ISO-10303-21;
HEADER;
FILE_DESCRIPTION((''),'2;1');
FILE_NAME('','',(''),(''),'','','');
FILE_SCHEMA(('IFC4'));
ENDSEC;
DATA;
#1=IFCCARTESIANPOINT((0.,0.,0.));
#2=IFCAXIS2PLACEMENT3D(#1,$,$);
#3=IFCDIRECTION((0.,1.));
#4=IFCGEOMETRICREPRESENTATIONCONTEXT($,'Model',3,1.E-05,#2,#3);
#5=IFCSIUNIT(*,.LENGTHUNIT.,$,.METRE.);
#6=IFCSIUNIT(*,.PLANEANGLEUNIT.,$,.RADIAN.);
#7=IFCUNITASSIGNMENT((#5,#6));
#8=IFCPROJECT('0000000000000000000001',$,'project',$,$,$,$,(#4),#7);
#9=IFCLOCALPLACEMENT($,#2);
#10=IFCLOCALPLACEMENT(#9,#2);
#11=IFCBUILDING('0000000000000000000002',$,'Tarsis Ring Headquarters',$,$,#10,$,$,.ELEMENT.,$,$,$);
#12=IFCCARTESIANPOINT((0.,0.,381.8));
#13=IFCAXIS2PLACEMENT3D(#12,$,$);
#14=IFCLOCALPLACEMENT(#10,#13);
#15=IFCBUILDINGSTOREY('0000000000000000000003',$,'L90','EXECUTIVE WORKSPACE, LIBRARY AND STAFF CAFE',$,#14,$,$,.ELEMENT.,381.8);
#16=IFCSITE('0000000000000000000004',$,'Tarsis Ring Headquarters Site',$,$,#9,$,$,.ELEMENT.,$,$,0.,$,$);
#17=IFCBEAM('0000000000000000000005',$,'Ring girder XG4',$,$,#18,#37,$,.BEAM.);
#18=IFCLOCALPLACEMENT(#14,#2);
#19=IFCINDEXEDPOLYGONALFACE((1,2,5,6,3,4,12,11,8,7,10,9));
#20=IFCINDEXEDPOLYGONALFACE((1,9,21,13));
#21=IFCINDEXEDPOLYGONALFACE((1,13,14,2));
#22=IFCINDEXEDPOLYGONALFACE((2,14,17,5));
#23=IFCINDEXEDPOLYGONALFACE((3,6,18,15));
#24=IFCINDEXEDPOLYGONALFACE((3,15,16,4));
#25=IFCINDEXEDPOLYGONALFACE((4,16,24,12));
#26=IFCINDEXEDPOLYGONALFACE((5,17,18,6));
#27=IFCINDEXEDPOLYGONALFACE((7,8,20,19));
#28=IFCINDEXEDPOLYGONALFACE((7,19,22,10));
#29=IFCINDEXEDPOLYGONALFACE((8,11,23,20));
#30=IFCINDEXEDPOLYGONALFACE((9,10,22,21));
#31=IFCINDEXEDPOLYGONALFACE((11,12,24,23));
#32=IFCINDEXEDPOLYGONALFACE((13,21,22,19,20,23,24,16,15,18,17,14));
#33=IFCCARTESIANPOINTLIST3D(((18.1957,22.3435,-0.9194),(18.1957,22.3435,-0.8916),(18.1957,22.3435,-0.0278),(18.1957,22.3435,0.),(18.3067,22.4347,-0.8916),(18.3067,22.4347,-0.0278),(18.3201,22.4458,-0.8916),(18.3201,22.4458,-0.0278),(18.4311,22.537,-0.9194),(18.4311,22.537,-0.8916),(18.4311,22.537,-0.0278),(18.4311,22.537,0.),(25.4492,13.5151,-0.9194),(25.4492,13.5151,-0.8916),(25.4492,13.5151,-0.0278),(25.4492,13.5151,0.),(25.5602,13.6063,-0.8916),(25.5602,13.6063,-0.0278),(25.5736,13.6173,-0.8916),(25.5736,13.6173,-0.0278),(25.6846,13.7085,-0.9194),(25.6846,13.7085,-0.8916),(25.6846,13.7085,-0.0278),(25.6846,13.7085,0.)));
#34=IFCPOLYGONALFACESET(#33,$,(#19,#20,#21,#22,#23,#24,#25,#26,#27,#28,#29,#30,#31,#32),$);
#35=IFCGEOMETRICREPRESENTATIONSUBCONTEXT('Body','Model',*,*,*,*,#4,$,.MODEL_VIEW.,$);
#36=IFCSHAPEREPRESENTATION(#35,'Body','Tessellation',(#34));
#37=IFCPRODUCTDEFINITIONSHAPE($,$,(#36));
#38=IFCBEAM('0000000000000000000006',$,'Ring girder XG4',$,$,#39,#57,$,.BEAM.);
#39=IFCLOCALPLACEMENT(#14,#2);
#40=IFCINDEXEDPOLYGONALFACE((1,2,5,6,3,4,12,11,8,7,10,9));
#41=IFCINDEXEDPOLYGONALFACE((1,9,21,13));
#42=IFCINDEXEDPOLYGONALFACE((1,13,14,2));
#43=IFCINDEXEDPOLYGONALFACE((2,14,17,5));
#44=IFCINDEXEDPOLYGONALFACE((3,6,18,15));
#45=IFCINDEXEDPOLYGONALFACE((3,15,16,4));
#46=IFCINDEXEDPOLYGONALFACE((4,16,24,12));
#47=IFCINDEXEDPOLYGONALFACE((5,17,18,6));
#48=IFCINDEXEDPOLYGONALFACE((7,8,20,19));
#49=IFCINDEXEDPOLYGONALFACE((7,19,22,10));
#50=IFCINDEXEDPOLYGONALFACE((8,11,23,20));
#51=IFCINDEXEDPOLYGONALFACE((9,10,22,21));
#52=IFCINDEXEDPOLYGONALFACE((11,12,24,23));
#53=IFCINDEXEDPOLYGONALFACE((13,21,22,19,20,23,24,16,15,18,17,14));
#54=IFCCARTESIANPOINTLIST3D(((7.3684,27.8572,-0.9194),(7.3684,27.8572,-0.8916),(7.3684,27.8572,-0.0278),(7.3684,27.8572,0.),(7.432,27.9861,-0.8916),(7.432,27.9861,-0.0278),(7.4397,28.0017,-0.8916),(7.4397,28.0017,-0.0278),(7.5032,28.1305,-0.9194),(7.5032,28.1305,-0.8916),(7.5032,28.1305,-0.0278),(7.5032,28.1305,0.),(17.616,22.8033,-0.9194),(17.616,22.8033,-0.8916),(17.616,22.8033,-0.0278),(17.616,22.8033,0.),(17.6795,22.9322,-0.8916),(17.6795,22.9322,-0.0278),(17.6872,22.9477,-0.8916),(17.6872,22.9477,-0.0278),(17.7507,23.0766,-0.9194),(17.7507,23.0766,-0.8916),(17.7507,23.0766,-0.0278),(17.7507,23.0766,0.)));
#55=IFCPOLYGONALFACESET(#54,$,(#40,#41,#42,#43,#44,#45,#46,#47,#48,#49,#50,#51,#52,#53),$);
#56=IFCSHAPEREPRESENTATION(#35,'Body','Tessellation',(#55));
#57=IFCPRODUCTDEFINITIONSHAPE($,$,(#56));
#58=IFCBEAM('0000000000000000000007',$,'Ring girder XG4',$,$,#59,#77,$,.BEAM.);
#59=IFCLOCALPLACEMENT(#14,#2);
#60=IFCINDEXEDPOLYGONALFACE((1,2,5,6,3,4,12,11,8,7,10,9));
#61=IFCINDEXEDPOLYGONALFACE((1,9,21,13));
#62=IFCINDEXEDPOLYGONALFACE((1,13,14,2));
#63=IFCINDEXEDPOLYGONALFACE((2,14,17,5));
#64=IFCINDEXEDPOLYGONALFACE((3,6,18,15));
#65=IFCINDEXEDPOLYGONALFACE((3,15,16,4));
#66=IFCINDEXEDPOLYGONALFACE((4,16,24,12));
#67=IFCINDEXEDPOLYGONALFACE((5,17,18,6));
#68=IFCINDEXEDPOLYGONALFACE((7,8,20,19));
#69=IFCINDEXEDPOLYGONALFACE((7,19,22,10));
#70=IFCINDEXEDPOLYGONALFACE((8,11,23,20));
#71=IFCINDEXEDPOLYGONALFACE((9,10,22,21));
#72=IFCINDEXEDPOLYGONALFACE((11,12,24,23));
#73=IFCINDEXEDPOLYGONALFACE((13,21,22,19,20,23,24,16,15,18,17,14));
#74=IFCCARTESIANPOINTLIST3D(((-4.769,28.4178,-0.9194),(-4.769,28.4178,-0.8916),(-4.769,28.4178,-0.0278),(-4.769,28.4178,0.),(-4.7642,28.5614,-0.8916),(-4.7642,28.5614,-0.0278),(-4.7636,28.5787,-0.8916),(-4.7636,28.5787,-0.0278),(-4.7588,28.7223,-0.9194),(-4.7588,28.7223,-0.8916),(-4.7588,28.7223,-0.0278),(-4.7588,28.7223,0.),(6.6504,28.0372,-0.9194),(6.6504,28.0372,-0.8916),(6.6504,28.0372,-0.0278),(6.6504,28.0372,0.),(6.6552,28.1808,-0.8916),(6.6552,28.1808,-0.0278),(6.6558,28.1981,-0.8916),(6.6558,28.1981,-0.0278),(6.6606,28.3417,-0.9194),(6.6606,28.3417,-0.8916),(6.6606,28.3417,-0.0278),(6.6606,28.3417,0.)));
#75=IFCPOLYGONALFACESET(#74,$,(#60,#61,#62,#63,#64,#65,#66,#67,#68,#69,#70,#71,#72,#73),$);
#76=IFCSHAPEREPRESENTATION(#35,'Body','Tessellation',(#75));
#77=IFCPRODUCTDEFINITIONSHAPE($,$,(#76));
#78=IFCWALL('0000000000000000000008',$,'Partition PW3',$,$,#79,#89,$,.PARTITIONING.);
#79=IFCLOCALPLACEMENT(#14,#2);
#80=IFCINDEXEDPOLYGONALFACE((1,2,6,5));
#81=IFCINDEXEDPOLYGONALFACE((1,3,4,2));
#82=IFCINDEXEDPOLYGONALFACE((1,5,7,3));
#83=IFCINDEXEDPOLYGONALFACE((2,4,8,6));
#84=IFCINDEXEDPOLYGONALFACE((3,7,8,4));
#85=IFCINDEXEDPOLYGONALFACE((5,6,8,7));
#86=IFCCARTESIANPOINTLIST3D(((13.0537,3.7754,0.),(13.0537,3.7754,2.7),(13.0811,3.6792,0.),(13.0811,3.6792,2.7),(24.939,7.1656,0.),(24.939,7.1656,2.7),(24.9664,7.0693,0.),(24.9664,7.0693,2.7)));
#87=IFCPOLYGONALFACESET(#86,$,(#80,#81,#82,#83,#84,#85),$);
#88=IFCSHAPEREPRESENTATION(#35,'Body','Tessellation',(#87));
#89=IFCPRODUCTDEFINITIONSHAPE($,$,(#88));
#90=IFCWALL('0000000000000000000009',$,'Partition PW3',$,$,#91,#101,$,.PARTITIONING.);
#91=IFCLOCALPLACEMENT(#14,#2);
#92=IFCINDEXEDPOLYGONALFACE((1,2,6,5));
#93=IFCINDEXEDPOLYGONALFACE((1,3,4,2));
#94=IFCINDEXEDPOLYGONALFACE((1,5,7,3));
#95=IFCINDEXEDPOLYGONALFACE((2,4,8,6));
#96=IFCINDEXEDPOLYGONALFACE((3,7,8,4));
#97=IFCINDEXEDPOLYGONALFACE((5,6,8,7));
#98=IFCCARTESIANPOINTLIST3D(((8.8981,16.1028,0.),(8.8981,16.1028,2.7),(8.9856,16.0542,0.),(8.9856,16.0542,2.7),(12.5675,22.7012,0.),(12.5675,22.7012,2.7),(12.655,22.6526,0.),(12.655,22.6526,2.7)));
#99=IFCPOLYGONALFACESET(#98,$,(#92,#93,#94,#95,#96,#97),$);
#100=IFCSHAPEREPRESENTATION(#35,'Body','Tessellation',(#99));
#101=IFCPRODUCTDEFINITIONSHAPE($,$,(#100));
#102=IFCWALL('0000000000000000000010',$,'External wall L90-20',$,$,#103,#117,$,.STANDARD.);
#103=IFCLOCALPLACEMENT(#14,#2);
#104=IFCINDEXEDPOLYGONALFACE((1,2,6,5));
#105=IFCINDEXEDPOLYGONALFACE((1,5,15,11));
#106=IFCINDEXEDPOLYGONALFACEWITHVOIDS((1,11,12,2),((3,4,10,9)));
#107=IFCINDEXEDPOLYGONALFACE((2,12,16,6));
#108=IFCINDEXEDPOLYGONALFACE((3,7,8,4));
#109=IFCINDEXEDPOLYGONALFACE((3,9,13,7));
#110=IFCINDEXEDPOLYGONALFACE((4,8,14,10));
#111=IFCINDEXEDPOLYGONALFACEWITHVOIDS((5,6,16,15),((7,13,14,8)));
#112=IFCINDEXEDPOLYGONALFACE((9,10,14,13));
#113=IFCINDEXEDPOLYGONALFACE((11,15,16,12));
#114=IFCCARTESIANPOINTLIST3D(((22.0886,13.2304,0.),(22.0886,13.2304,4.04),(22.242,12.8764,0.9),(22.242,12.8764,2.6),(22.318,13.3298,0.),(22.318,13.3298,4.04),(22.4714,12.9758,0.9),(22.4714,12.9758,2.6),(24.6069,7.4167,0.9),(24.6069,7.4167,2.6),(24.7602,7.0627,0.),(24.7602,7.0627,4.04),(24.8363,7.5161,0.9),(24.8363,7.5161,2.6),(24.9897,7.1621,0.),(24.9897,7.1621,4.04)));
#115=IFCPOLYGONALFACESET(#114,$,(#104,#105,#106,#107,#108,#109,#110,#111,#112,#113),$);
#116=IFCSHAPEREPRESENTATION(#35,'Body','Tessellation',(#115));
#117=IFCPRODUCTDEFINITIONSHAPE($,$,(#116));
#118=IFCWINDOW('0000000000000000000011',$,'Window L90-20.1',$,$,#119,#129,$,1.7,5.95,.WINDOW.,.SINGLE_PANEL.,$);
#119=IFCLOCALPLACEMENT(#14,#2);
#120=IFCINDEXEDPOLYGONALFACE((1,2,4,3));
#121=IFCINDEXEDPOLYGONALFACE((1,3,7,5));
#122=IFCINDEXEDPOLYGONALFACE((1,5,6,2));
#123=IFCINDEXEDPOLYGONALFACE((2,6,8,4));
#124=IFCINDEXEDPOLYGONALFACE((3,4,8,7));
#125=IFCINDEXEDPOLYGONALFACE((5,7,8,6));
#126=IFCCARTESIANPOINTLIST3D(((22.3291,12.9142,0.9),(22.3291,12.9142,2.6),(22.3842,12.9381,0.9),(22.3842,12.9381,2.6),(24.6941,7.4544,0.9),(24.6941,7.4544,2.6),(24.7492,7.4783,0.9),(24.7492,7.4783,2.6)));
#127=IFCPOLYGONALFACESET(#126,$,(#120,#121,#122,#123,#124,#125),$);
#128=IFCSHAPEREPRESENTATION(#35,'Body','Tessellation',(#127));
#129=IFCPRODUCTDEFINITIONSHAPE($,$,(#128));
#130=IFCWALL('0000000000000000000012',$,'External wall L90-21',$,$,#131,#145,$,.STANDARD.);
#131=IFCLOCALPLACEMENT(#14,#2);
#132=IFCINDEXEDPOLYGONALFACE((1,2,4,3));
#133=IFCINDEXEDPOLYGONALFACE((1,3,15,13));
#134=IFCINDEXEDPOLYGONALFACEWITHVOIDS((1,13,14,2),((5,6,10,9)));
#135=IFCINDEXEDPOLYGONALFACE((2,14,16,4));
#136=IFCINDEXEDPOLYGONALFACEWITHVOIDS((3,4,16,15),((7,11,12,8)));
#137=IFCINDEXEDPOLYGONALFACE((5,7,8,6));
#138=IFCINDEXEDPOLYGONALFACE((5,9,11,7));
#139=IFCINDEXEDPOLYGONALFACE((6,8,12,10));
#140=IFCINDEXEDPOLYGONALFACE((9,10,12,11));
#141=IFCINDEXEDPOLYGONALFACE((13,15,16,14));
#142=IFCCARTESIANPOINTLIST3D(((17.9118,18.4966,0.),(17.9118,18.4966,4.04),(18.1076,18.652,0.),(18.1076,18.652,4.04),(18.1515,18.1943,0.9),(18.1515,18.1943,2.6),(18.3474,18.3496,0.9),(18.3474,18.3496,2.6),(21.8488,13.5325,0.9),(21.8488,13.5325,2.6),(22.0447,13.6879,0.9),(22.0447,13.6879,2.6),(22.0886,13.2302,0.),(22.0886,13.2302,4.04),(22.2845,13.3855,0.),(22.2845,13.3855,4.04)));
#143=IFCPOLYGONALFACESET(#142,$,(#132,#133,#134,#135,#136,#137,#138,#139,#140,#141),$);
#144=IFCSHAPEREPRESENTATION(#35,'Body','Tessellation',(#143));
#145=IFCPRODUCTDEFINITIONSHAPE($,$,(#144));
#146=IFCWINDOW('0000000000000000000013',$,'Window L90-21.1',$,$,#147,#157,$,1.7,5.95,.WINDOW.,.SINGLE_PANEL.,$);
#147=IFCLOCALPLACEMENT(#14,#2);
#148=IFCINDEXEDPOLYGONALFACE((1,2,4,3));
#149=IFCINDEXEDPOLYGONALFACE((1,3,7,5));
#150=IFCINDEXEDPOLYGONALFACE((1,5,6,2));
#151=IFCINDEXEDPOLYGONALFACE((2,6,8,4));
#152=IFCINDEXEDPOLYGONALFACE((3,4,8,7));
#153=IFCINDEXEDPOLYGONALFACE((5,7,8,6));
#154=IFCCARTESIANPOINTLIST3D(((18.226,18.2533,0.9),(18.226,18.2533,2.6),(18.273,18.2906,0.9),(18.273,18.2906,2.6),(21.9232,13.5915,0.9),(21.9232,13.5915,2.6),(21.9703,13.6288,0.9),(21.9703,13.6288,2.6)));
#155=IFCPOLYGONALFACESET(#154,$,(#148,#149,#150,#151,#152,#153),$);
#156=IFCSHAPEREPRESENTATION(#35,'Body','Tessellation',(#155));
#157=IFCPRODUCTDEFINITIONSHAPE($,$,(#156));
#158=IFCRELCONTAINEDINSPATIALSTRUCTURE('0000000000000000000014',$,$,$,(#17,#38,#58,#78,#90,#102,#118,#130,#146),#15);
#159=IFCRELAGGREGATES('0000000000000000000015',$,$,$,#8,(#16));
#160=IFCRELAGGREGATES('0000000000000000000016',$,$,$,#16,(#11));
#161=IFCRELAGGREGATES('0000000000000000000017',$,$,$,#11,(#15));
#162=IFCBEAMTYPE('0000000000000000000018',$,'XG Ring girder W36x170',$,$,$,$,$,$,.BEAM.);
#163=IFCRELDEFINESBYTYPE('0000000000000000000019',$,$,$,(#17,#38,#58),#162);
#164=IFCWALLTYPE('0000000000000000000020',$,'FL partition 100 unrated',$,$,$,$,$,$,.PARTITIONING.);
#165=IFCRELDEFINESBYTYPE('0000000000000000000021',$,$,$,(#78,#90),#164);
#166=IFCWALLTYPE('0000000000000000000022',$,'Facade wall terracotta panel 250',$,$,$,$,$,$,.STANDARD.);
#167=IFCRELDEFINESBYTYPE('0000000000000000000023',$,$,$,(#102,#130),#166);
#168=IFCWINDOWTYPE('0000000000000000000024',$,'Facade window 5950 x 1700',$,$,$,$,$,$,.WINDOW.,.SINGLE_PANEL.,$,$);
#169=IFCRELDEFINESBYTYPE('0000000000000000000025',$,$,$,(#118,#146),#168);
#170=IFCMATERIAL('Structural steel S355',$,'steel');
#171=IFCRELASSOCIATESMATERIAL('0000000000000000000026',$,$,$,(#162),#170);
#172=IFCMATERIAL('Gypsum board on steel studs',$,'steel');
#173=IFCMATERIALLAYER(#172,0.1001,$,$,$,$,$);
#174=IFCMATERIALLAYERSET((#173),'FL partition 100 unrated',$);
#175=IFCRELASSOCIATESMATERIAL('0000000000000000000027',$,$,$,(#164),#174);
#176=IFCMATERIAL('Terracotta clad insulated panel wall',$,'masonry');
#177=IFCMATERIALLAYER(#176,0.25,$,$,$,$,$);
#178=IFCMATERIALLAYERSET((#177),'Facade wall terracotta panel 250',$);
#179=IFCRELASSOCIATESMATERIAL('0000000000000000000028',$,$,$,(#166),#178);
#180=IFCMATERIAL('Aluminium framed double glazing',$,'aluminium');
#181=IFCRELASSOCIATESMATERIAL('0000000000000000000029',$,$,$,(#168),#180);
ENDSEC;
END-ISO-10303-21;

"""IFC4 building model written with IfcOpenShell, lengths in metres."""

from ifc_helpers import new_model, si_unit, direction, frame, frame_2d, origin, origin_2d, place, context, subcontext, project, spatial, rectangle, i_section, extrude, material, layer, layer_set, material_profile, profile_set, type_object, element, fill, save


model = new_model("IFC4")

# Units and contexts
model_context = context("Model", 3, precision=1e-05, world=origin(), true_north=direction((0.0, 1.0)))
body_context = subcontext(model_context, "Body", "Model", "MODEL_VIEW")
ifc_project = project(units=[si_unit("LENGTHUNIT", "METRE"), si_unit("PLANEANGLEUNIT", "RADIAN")], contexts=[model_context])

# Site, building, storey
site_placement = place(None, origin())
site = spatial("IfcSite", under=ifc_project, at=site_placement, Name="Tarsis Ring Headquarters Site", CompositionType="ELEMENT", RefElevation=0.0)
building_placement = place(site_placement, origin())
building = spatial("IfcBuilding", under=site, at=building_placement, Name="Tarsis Ring Headquarters", CompositionType="ELEMENT")
storey_placement = place(building_placement, frame((0.0, 0.0, 381.8)))
storey = spatial("IfcBuildingStorey", under=building, at=storey_placement, Name="L90", Description="EXECUTIVE WORKSPACE, LIBRARY AND STAFF CAFE", CompositionType="ELEMENT", Elevation=381.8)

# Shared definitions
ifc_material_1 = material(Name="Structural steel S355", Category="steel")

# Beams
ifc_material_profile_1 = material_profile(ifc_material_1, i_section(OverallWidth=0.3047, OverallDepth=0.9194, WebThickness=0.0173, FlangeThickness=0.0278, at=origin_2d()), Name="W36x170")
ifc_profile_set_1 = profile_set([ifc_material_profile_1], Name="Structural steel S355")
beam_type_1 = type_object("IfcBeamType", Name="XG Ring girder W36x170", PredefinedType="BEAM", material=ifc_profile_set_1)
for number, where, z_axis, x_axis, name in (
    (1, (25.5669, 13.6118, -0.4597), (-0.63482, 0.77266, 0.0), (-0.77266, -0.63482, 0.0), "Ring girder XG4"),
    (2, (17.6833, 22.9399, -0.4597), (-0.896858, 0.442318, 0.0), (-0.442318, -0.896858, 0.0), "Ring girder XG4"),
):
    element("IfcBeam", number, at=place(storey_placement, frame(where, z_axis=z_axis, x_axis=x_axis)), inside=storey, type_object=beam_type_1, Name=name, PredefinedType="BEAM", context=body_context, shape_type="SweptSolid", body=[
        extrude(i_section(OverallWidth=0.3047, OverallDepth=0.9194, WebThickness=0.0173, FlangeThickness=0.0278, at=origin_2d()), origin(), (0.0, 0.0, 1.0), 11.426),
    ])
beam_1_placement = place(storey_placement, frame((6.6555, 28.1895, -0.4597), z_axis=(-0.999445, 0.033312, 0.0), x_axis=(-0.033312, -0.999445, 0.0)))
element("IfcBeam", 3, at=beam_1_placement, inside=storey, type_object=beam_type_1, Name="Ring girder XG4", PredefinedType="BEAM", context=body_context, shape_type="SweptSolid", body=[
    extrude(i_section(OverallWidth=0.3047, OverallDepth=0.9194, WebThickness=0.0173, FlangeThickness=0.0278, at=origin_2d()), origin(), (0.0, 0.0, 1.0), 11.4258),
])

# Walls
ifc_material_2 = material(Name="Gypsum board on steel studs", Category="steel")
ifc_layer_1 = layer(ifc_material_2, 0.1001)
ifc_layer_set_1 = layer_set([ifc_layer_1], Name="FL partition 100 unrated")
wall_type_1 = type_object("IfcWallType", Name="FL partition 100 unrated", PredefinedType="PARTITIONING", material=ifc_layer_set_1)
wall_1_placement = place(storey_placement, frame((13.0674, 3.7273, 0.0), z_axis=(0.0, 0.0, 1.0), x_axis=(0.961645, 0.274298, 0.0)))
element("IfcWall", 4, at=wall_1_placement, inside=storey, type_object=wall_type_1, Name="Partition PW3", PredefinedType="PARTITIONING", context=body_context, shape_type="SweptSolid", body=[
    extrude(rectangle(XDim=12.3594, YDim=0.1001, at=frame_2d((6.1797, 0.0))), origin(), (0.0, 0.0, 1.0), 2.7),
])
wall_2_placement = place(storey_placement, frame((8.9419, 16.0786, 0.0), z_axis=(0.0, 0.0, 1.0), x_axis=(0.486014, 0.873951, 0.0)))
element("IfcWall", 5, at=wall_2_placement, inside=storey, type_object=wall_type_1, Name="Partition PW3", PredefinedType="PARTITIONING", context=body_context, shape_type="SweptSolid", body=[
    extrude(rectangle(XDim=7.55, YDim=0.1001, at=frame_2d((3.7749, 0.0))), origin(), (0.0, 0.0, 1.0), 2.7),
])

# Walls, openings, windows
ifc_material_3 = material(Name="Terracotta clad insulated panel wall", Category="masonry")
ifc_layer_2 = layer(ifc_material_3, 0.25)
ifc_layer_set_2 = layer_set([ifc_layer_2], Name="Facade wall terracotta panel 250")
wall_type_2 = type_object("IfcWallType", Name="Facade wall terracotta panel 250", PredefinedType="STANDARD", material=ifc_layer_set_2)
wall_3_placement = place(storey_placement, frame((24.875, 7.1123, 0.0), z_axis=(0.0, 0.0, 1.0), x_axis=(-0.397476, 0.917613, 0.0)))
wall_3 = element("IfcWall", 6, at=wall_3_placement, inside=storey, type_object=wall_type_2, Name="External wall L90-20", PredefinedType="STANDARD", context=body_context, shape_type="SweptSolid", body=[
    extrude(rectangle(XDim=6.7214, YDim=0.25, at=frame_2d((3.3608, 0.0))), origin(), (0.0, 0.0, 1.0), 4.04),
])
opening_1_placement = place(wall_3_placement, frame((0.3857, 0.0, 0.8999)))
opening_1 = element("IfcOpeningElement", 7, at=opening_1_placement, cuts=wall_3, PredefinedType="OPENING", context=body_context, shape_type="SweptSolid", body=[
    extrude(rectangle(XDim=5.95, YDim=1.7, at=frame_2d((2.9751, 0.8501))), frame((0.0, 0.135, 0.0), z_axis=(0.0, -1.0, 0.0), x_axis=(1.0, 0.0, 0.0)), (0.0, 0.0, 1.0), 0.27),
])
ifc_material_4 = material(Name="Aluminium framed double glazing", Category="aluminium")
window_type = type_object("IfcWindowType", Name="Facade window 5950 x 1700", PartitioningType="SINGLE_PANEL", PredefinedType="WINDOW", material=ifc_material_4)
window_1_placement = place(opening_1_placement, origin())
window_1 = element("IfcWindow", 8, at=window_1_placement, inside=storey, type_object=window_type, Name="Window L90-20.1", OverallHeight=1.7, OverallWidth=5.95, PartitioningType="SINGLE_PANEL", PredefinedType="WINDOW", context=body_context, shape_type="SweptSolid", body=[
    extrude(rectangle(XDim=5.95, YDim=1.7, at=frame_2d((2.9751, 0.8501))), frame((0.0, 0.03, 0.0), z_axis=(0.0, -1.0, 0.0), x_axis=(1.0, 0.0, 0.0)), (0.0, 0.0, 1.0), 0.0601),
])
fill(opening_1, window_1)
wall_4_placement = place(storey_placement, frame((22.1865, 13.3079, 0.0), z_axis=(0.0, 0.0, 1.0), x_axis=(-0.621394, 0.783498, 0.0)))
wall_4 = element("IfcWall", 9, at=wall_4_placement, inside=storey, type_object=wall_type_2, Name="External wall L90-21", PredefinedType="STANDARD", context=body_context, shape_type="SweptSolid", body=[
    extrude(rectangle(XDim=6.7217, YDim=0.25, at=frame_2d((3.3608, 0.0))), origin(), (0.0, 0.0, 1.0), 4.04),
])
opening_2_placement = place(wall_4_placement, frame((0.3857, 0.0, 0.8999)))
opening_2 = element("IfcOpeningElement", 10, at=opening_2_placement, cuts=wall_4, PredefinedType="OPENING", context=body_context, shape_type="SweptSolid", body=[
    extrude(rectangle(XDim=5.95, YDim=1.7, at=frame_2d((2.9751, 0.8501))), frame((0.0, 0.135, 0.0), z_axis=(0.0, -1.0, 0.0), x_axis=(1.0, 0.0, 0.0)), (0.0, 0.0, 1.0), 0.27),
])
window_2_placement = place(opening_2_placement, origin())
window_2 = element("IfcWindow", 11, at=window_2_placement, inside=storey, type_object=window_type, Name="Window L90-21.1", OverallHeight=1.7, OverallWidth=5.95, PartitioningType="SINGLE_PANEL", PredefinedType="WINDOW", context=body_context, shape_type="SweptSolid", body=[
    extrude(rectangle(XDim=5.95, YDim=1.7, at=frame_2d((2.9751, 0.8501))), frame((0.0, 0.03, 0.0), z_axis=(0.0, -1.0, 0.0), x_axis=(1.0, 0.0, 0.0)), (0.0, 0.0, 1.0), 0.0601),
])
fill(opening_2, window_2)

save(model, "model.ifc")
